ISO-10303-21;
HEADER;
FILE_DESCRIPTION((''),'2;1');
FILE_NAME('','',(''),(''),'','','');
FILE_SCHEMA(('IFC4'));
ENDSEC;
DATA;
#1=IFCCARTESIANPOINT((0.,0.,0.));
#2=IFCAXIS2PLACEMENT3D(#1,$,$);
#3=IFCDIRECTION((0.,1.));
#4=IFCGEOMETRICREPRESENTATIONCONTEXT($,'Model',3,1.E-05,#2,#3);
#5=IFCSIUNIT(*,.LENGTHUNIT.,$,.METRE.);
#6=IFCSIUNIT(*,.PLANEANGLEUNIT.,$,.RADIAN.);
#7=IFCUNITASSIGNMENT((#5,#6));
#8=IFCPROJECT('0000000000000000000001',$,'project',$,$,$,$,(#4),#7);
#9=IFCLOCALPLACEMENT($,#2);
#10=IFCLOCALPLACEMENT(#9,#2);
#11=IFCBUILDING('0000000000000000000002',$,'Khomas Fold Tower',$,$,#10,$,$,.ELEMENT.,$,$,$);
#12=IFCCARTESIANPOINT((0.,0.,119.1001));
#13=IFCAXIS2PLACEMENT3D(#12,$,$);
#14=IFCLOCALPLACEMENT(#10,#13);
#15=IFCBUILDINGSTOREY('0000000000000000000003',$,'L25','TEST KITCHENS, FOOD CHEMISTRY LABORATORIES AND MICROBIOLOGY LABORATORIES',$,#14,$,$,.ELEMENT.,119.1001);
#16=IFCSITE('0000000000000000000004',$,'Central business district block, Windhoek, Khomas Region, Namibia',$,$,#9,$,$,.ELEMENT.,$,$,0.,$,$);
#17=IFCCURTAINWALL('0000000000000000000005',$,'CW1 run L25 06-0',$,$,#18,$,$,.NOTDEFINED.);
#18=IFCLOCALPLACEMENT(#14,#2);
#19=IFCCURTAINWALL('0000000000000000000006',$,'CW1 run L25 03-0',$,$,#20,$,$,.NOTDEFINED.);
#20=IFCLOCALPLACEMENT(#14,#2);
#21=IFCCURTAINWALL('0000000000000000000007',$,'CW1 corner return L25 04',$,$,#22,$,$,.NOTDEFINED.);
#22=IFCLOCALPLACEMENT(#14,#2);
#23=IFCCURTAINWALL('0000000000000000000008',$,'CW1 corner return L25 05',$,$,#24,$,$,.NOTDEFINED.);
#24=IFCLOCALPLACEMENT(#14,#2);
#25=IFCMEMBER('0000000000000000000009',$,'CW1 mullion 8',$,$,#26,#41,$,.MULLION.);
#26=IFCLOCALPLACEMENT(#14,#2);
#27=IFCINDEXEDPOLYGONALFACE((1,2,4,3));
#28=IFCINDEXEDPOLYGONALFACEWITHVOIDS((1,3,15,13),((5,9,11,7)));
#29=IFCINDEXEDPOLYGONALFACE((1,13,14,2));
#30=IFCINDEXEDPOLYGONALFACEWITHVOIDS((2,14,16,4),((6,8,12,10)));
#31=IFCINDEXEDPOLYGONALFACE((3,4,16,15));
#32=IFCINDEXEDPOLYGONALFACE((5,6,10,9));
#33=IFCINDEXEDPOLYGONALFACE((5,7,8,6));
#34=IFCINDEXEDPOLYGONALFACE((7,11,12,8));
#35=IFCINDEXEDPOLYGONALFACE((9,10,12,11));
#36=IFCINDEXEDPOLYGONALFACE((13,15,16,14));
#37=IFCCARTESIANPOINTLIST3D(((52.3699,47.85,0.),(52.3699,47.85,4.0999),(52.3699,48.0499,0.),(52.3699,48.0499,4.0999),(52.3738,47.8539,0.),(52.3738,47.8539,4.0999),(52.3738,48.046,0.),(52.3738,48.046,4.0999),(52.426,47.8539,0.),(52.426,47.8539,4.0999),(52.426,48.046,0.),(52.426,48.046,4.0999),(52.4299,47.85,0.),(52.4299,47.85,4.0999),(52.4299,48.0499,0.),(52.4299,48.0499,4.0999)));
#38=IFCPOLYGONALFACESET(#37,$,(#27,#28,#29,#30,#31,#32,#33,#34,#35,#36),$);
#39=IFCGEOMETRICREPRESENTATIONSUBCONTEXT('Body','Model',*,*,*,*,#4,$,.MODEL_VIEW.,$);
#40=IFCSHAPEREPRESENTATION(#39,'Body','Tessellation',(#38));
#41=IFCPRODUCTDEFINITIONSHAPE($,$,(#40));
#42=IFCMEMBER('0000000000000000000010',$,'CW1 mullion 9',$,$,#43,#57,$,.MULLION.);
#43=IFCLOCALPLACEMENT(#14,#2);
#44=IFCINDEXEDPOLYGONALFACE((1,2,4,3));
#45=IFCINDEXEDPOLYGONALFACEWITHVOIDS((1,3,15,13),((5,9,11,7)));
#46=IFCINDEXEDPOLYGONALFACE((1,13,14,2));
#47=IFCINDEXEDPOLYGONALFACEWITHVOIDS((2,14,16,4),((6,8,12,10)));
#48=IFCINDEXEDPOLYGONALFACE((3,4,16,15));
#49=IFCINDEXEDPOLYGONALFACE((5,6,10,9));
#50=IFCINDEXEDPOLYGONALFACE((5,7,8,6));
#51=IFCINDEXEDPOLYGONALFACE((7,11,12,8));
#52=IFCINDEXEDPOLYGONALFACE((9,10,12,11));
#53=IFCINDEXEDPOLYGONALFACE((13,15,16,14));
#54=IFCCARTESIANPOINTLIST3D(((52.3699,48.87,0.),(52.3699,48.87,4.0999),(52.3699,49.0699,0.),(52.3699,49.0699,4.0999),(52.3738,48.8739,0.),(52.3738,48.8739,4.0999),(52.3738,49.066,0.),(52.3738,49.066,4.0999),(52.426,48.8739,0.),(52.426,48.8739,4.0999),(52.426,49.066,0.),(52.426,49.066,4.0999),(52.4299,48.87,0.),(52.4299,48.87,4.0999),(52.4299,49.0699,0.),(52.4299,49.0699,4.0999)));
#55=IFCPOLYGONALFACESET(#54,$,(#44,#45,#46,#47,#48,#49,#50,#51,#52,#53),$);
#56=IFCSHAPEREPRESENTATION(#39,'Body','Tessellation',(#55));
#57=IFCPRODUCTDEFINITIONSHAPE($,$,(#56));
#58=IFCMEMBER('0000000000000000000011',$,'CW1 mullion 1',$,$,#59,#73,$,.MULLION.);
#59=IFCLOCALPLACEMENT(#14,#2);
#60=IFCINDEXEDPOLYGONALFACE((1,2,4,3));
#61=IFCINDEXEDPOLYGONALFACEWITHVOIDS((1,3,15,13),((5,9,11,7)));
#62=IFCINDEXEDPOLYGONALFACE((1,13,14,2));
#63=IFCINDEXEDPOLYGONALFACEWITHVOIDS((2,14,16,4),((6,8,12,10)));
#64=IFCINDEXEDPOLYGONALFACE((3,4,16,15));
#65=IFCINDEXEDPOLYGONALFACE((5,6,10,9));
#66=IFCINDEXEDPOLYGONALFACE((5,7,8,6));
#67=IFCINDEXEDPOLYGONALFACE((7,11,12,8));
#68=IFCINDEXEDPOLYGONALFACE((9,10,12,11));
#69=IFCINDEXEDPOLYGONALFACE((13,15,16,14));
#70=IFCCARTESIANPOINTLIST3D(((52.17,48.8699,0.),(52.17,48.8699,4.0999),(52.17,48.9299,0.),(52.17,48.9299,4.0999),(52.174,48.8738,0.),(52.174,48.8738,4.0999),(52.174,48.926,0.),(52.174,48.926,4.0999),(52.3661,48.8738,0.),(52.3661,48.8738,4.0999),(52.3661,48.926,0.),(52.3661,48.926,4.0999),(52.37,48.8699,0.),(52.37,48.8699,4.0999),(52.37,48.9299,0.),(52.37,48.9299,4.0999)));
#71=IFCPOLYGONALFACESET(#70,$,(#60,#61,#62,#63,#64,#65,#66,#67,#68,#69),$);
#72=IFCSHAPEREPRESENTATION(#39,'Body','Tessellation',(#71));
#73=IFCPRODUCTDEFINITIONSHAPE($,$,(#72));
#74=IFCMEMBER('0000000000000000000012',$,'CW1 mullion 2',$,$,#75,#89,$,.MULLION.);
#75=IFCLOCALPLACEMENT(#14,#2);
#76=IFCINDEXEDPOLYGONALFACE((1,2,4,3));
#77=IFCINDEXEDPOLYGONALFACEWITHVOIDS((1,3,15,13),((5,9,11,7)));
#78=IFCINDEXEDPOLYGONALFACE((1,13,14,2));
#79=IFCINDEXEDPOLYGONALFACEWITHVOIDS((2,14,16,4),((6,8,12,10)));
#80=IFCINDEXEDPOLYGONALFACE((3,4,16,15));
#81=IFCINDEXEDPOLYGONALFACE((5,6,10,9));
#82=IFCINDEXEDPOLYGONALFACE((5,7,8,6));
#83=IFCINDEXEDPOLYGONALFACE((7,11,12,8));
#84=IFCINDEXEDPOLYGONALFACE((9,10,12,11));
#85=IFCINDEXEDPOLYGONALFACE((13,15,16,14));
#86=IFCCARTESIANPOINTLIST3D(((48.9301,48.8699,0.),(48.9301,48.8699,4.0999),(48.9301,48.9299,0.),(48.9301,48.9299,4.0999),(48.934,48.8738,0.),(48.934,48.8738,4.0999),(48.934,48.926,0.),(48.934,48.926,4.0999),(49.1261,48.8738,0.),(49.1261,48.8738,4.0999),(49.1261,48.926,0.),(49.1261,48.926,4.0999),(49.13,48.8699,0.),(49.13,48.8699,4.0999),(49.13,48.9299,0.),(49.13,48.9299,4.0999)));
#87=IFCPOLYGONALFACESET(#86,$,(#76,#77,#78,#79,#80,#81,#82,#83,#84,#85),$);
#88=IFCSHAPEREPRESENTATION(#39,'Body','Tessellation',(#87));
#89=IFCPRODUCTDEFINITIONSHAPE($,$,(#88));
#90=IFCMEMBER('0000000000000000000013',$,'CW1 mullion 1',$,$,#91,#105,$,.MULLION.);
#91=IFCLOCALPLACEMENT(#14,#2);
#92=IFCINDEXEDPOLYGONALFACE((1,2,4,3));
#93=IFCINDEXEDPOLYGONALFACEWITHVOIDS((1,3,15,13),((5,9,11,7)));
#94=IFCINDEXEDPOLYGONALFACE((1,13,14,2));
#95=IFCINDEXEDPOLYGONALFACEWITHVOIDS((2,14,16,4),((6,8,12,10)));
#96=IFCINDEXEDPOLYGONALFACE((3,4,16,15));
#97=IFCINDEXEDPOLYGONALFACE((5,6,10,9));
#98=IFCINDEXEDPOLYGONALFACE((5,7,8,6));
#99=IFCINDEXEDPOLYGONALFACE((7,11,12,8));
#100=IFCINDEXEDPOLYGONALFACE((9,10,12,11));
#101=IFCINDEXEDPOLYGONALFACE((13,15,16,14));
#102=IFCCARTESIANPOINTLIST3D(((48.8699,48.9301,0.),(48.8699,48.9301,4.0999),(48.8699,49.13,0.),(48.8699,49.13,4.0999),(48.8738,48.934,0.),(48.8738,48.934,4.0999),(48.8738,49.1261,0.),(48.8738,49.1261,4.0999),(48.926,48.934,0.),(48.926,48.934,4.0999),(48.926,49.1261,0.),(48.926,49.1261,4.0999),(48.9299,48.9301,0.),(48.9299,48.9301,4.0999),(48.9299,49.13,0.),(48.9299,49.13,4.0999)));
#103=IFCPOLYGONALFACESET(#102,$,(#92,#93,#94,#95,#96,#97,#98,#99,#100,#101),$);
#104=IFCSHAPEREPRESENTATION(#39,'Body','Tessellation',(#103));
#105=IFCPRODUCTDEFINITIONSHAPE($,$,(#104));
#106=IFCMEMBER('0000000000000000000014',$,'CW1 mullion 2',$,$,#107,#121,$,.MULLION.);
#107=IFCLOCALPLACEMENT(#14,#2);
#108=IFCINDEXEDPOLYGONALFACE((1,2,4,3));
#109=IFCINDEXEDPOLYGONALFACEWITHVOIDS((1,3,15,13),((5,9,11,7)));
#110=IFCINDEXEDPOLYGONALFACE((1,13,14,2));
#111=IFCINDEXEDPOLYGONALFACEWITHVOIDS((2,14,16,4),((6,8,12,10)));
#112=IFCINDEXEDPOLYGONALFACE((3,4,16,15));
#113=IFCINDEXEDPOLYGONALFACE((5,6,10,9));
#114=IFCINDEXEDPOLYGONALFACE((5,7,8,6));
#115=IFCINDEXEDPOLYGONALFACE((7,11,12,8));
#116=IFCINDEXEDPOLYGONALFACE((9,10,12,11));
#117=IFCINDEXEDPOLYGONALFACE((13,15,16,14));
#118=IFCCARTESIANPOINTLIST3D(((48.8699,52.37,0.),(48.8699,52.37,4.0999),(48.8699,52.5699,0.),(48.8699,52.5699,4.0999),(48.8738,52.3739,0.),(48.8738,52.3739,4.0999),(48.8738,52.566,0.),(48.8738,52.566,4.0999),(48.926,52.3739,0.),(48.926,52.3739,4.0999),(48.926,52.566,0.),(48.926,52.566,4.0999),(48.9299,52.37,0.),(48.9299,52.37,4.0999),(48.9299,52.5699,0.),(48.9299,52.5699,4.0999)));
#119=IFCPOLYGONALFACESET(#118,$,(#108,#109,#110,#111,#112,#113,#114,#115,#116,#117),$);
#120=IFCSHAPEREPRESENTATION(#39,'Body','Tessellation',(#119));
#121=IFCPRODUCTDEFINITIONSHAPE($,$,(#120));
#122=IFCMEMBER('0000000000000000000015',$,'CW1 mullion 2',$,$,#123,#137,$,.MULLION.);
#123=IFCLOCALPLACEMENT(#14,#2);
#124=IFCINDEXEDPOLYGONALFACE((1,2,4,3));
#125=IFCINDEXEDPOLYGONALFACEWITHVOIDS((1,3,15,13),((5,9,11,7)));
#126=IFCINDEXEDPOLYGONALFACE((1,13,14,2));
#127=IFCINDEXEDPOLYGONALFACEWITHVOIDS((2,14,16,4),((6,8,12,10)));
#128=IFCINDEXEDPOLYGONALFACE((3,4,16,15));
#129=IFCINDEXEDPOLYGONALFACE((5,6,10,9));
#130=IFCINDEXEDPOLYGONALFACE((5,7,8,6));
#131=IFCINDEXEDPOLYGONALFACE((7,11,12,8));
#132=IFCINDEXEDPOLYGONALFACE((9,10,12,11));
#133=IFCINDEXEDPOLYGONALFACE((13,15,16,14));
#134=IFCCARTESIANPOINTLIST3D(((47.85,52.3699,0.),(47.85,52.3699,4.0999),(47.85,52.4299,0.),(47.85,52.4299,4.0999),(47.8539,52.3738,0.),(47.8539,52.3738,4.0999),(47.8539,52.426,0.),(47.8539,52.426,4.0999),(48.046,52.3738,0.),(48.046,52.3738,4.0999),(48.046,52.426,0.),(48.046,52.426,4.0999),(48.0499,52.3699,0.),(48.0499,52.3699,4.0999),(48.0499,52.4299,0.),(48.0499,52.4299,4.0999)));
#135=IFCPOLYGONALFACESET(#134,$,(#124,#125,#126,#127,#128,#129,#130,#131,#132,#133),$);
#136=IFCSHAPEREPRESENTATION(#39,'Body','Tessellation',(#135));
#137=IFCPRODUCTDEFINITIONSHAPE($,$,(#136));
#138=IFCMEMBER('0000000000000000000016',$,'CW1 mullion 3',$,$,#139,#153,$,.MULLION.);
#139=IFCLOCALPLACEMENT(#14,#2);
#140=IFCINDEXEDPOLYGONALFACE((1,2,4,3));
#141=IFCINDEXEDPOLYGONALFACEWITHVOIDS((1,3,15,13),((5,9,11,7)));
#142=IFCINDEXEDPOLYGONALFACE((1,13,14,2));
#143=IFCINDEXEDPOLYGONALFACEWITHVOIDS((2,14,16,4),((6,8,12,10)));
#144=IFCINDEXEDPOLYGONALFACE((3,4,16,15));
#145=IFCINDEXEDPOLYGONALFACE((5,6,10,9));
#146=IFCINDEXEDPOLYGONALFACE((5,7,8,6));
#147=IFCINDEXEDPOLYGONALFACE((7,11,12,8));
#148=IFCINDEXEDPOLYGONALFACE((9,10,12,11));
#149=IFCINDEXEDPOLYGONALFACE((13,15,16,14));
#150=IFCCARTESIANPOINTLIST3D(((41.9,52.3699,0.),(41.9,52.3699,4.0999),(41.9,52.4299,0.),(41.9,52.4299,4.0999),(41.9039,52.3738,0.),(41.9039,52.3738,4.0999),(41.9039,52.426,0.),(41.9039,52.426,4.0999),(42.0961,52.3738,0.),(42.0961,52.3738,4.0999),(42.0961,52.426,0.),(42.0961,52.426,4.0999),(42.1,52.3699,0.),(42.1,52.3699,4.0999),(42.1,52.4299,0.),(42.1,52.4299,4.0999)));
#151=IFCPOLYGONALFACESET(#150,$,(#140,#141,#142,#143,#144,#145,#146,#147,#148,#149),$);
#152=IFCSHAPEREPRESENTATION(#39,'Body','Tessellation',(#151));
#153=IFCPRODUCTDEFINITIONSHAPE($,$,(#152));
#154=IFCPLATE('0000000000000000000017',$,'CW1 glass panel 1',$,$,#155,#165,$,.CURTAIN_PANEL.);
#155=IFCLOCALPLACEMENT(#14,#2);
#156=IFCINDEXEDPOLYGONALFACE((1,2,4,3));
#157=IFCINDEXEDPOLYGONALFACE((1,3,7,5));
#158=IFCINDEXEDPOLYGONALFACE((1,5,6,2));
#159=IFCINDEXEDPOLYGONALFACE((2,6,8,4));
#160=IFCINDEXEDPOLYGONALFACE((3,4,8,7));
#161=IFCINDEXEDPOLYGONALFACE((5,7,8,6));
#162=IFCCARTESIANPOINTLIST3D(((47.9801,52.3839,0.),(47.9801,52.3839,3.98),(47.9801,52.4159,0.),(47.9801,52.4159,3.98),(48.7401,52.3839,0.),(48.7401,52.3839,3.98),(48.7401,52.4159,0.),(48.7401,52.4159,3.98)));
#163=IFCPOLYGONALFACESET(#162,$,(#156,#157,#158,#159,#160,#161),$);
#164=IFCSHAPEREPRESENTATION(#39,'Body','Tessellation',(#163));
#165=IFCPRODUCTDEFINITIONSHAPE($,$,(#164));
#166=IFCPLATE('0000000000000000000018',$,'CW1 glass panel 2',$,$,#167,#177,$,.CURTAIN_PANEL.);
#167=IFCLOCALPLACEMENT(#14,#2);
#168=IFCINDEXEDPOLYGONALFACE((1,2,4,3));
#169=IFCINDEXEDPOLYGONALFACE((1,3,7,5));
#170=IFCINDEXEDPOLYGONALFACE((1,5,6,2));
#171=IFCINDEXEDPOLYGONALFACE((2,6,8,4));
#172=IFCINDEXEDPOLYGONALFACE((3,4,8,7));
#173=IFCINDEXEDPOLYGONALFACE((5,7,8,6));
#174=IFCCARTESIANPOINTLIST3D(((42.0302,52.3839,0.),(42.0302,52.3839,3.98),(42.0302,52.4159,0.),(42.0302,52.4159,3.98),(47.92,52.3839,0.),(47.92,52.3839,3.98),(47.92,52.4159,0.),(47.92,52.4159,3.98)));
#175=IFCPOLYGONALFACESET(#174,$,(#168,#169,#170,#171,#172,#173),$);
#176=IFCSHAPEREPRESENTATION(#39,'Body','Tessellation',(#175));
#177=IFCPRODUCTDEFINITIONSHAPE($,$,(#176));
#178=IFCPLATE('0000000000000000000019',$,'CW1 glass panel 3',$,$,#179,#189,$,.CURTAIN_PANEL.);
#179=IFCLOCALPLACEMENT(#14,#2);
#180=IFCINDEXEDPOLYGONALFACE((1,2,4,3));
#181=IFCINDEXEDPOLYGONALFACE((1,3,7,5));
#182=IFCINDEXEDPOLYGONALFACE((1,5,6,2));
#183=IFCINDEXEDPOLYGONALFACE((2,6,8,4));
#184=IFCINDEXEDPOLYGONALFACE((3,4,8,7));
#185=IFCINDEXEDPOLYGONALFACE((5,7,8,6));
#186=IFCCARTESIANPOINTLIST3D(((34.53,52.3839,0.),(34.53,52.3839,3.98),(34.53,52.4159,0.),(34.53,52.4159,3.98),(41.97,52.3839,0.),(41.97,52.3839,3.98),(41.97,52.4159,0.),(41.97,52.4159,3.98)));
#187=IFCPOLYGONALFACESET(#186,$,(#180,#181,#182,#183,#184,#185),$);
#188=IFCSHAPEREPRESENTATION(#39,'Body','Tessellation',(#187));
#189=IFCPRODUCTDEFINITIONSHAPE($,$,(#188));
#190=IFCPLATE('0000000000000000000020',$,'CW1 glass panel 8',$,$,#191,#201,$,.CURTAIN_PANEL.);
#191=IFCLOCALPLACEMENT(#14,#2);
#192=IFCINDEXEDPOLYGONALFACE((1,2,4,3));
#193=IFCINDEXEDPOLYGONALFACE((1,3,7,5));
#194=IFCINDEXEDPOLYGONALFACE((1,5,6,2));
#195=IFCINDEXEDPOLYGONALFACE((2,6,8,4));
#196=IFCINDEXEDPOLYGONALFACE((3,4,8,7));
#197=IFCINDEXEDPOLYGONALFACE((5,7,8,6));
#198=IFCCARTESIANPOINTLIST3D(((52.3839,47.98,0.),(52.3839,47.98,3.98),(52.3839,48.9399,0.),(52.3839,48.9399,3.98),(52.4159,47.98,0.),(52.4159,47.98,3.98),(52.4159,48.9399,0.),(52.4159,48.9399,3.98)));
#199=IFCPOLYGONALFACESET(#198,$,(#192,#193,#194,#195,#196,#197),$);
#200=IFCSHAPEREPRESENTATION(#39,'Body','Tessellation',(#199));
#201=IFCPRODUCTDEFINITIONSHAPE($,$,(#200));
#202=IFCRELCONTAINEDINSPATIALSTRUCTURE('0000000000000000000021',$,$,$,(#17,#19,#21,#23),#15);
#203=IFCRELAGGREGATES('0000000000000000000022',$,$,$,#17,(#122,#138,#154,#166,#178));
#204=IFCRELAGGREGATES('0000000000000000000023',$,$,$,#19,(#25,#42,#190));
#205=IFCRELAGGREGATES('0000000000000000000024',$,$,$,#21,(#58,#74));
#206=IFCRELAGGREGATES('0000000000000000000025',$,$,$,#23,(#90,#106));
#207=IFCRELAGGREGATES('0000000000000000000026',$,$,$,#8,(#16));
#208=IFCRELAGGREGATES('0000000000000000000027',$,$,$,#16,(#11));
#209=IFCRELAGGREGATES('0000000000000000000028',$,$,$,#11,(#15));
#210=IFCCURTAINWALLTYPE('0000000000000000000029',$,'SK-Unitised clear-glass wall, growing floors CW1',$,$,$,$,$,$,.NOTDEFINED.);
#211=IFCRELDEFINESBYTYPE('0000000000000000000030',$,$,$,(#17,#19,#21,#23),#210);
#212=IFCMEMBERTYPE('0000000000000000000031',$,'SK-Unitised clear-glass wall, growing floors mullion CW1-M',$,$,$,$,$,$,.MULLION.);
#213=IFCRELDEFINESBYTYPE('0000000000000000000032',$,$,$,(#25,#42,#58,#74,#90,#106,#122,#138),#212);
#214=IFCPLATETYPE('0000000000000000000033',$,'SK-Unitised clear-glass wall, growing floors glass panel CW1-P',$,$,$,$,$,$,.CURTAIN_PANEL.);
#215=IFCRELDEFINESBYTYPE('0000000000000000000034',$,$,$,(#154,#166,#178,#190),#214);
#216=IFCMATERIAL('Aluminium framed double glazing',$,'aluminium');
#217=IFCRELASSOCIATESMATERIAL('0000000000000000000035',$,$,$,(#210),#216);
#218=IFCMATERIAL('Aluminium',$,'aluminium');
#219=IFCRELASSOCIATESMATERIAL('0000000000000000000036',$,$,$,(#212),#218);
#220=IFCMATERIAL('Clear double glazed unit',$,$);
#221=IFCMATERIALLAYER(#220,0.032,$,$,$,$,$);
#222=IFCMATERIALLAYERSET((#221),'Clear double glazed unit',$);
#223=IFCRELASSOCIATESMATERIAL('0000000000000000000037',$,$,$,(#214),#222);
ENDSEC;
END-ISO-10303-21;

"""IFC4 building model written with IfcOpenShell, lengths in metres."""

from ifc_helpers import new_model, si_unit, direction, frame, origin, origin_2d, place, context, subcontext, project, spatial, rectangle, hollow_rectangle, extrude, source, transform, mapped, material, layer, layer_set, material_profile, profile_set, type_object, element, aggregate, save


model = new_model("IFC4")

# Units and contexts
model_context = context("Model", 3, precision=1e-05, world=origin(), true_north=direction((0.0, 1.0)))
body_context = subcontext(model_context, "Body", "Model", "MODEL_VIEW")
ifc_project = project(units=[si_unit("LENGTHUNIT", "METRE"), si_unit("PLANEANGLEUNIT", "RADIAN")], contexts=[model_context])

# Site, building, storey
site_placement = place(None, origin())
site = spatial("IfcSite", under=ifc_project, at=site_placement, Name="Central business district block, Windhoek, Khomas Region, Namibia", CompositionType="ELEMENT", RefElevation=0.0)
building_placement = place(site_placement, origin())
building = spatial("IfcBuilding", under=site, at=building_placement, Name="Khomas Fold Tower", CompositionType="ELEMENT")
storey_placement = place(building_placement, frame((0.0, 0.0, 119.1001)))
storey = spatial("IfcBuildingStorey", under=building, at=storey_placement, Name="L25", Description="TEST KITCHENS, FOOD CHEMISTRY LABORATORIES AND MICROBIOLOGY LABORATORIES", CompositionType="ELEMENT", Elevation=119.1001)

# Curtain wall
ifc_material_1 = material(Name="Aluminium framed double glazing", Category="aluminium")
curtain_wall_type = type_object("IfcCurtainWallType", Name="SK-Unitised clear-glass wall, growing floors CW1", PredefinedType="NOTDEFINED", material=ifc_material_1)
curtain_wall_1_placement = place(storey_placement, origin())
curtain_wall_1 = element("IfcCurtainWall", 1, at=curtain_wall_1_placement, inside=storey, type_object=curtain_wall_type, Name="CW1 run L25 06-0", PredefinedType="NOTDEFINED")

# Curtain walls
curtain_wall_2_placement = place(storey_placement, origin())
curtain_wall_2 = element("IfcCurtainWall", 2, at=curtain_wall_2_placement, inside=storey, type_object=curtain_wall_type, Name="CW1 run L25 03-0", PredefinedType="NOTDEFINED")
curtain_wall_3_placement = place(storey_placement, origin())
curtain_wall_3 = element("IfcCurtainWall", 3, at=curtain_wall_3_placement, inside=storey, type_object=curtain_wall_type, Name="CW1 corner return L25 04", PredefinedType="NOTDEFINED")
curtain_wall_4_placement = place(storey_placement, origin())
curtain_wall_4 = element("IfcCurtainWall", 4, at=curtain_wall_4_placement, inside=storey, type_object=curtain_wall_type, Name="CW1 corner return L25 05", PredefinedType="NOTDEFINED")

# Members
ifc_material_2 = material(Name="Aluminium", Category="aluminium")
ifc_material_profile_1 = material_profile(ifc_material_2, hollow_rectangle(XDim=0.0601, YDim=0.2, WallThickness=0.0039, at=origin_2d()), Name="SK-Unitised clear-glass wall, growing floors mullion CW1-M")
ifc_profile_set_1 = profile_set([ifc_material_profile_1], Name="Aluminium")
member_type_1 = type_object("IfcMemberType", Name="SK-Unitised clear-glass wall, growing floors mullion CW1-M", PredefinedType="MULLION", material=ifc_profile_set_1)
shared_shape_1 = source(origin(), body_context, "Body", "SweptSolid", [
    extrude(hollow_rectangle(XDim=0.0601, YDim=0.2, WallThickness=0.0039, at=origin_2d()), origin(), (0.0, 0.0, 1.0), 4.0999),
])
member_1_placement = place(storey_placement, frame((52.3999, 47.95, 0.0), z_axis=(0.0, 0.0, 1.0), x_axis=(-1.0, 0.0, 0.0)))
member_1 = element("IfcMember", 5, at=member_1_placement, type_object=member_type_1, Name="CW1 mullion 8", PredefinedType="MULLION", context=body_context, shape_type="MappedRepresentation", body=[
    mapped(shared_shape_1, transform((0.0, 0.0, 0.0))),
])
member_2_placement = place(storey_placement, frame((52.3999, 48.97, 0.0), z_axis=(0.0, 0.0, 1.0), x_axis=(-1.0, 0.0, 0.0)))
member_2 = element("IfcMember", 6, at=member_2_placement, type_object=member_type_1, Name="CW1 mullion 9", PredefinedType="MULLION", context=body_context, shape_type="MappedRepresentation", body=[
    mapped(shared_shape_1, transform((0.0, 0.0, 0.0))),
])
member_3_placement = place(storey_placement, frame((52.27, 48.8999, 0.0), z_axis=(0.0, 0.0, 1.0), x_axis=(0.0, -1.0, 0.0)))
member_3 = element("IfcMember", 7, at=member_3_placement, type_object=member_type_1, Name="CW1 mullion 1", PredefinedType="MULLION", context=body_context, shape_type="MappedRepresentation", body=[
    mapped(shared_shape_1, transform((0.0, 0.0, 0.0))),
])
member_4_placement = place(storey_placement, frame((49.03, 48.8999, 0.0), z_axis=(0.0, 0.0, 1.0), x_axis=(0.0, -1.0, 0.0)))
member_4 = element("IfcMember", 8, at=member_4_placement, type_object=member_type_1, Name="CW1 mullion 2", PredefinedType="MULLION", context=body_context, shape_type="MappedRepresentation", body=[
    mapped(shared_shape_1, transform((0.0, 0.0, 0.0))),
])
member_5_placement = place(storey_placement, frame((48.8999, 49.03, 0.0), z_axis=(0.0, 0.0, 1.0), x_axis=(-1.0, 0.0, 0.0)))
member_5 = element("IfcMember", 9, at=member_5_placement, type_object=member_type_1, Name="CW1 mullion 1", PredefinedType="MULLION", context=body_context, shape_type="MappedRepresentation", body=[
    mapped(shared_shape_1, transform((0.0, 0.0, 0.0))),
])
member_6_placement = place(storey_placement, frame((48.8999, 52.47, 0.0), z_axis=(0.0, 0.0, 1.0), x_axis=(-1.0, 0.0, 0.0)))
member_6 = element("IfcMember", 10, at=member_6_placement, type_object=member_type_1, Name="CW1 mullion 2", PredefinedType="MULLION", context=body_context, shape_type="MappedRepresentation", body=[
    mapped(shared_shape_1, transform((0.0, 0.0, 0.0))),
])
member_7_placement = place(storey_placement, frame((47.95, 52.3999, 0.0), z_axis=(0.0, 0.0, 1.0), x_axis=(0.0, -1.0, 0.0)))
member_7 = element("IfcMember", 11, at=member_7_placement, type_object=member_type_1, Name="CW1 mullion 2", PredefinedType="MULLION", context=body_context, shape_type="MappedRepresentation", body=[
    mapped(shared_shape_1, transform((0.0, 0.0, 0.0))),
])
member_8_placement = place(storey_placement, frame((42.0, 52.3999, 0.0), z_axis=(0.0, 0.0, 1.0), x_axis=(0.0, -1.0, 0.0)))
member_8 = element("IfcMember", 12, at=member_8_placement, type_object=member_type_1, Name="CW1 mullion 3", PredefinedType="MULLION", context=body_context, shape_type="MappedRepresentation", body=[
    mapped(shared_shape_1, transform((0.0, 0.0, 0.0))),
])

# Plates
ifc_material_3 = material(Name="Clear double glazed unit")
ifc_layer_1 = layer(ifc_material_3, 0.032)
ifc_layer_set_1 = layer_set([ifc_layer_1], Name="Clear double glazed unit")
plate_type = type_object("IfcPlateType", Name="SK-Unitised clear-glass wall, growing floors glass panel CW1-P", PredefinedType="CURTAIN_PANEL", material=ifc_layer_set_1)
shared_shape_2 = source(origin(), body_context, "Body", "SweptSolid", [
    extrude(rectangle(XDim=0.76, YDim=0.032, at=origin_2d()), origin(), (0.0, 0.0, 1.0), 3.98),
])
plate_1_placement = place(storey_placement, frame((48.3601, 52.3999, 0.0), z_axis=(0.0, 0.0, 1.0), x_axis=(-1.0, 0.0, 0.0)))
plate_1 = element("IfcPlate", 13, at=plate_1_placement, type_object=plate_type, Name="CW1 glass panel 1", PredefinedType="CURTAIN_PANEL", context=body_context, shape_type="MappedRepresentation", body=[
    mapped(shared_shape_2, transform((0.0, 0.0, 0.0))),
])
shared_shape_3 = source(origin(), body_context, "Body", "SweptSolid", [
    extrude(rectangle(XDim=5.8899, YDim=0.032, at=origin_2d()), origin(), (0.0, 0.0, 1.0), 3.98),
])
plate_2_placement = place(storey_placement, frame((44.9751, 52.3999, 0.0), z_axis=(0.0, 0.0, 1.0), x_axis=(-1.0, 0.0, 0.0)))
plate_2 = element("IfcPlate", 14, at=plate_2_placement, type_object=plate_type, Name="CW1 glass panel 2", PredefinedType="CURTAIN_PANEL", context=body_context, shape_type="MappedRepresentation", body=[
    mapped(shared_shape_3, transform((0.0, 0.0, 0.0))),
])
shared_shape_4 = source(origin(), body_context, "Body", "SweptSolid", [
    extrude(rectangle(XDim=7.4399, YDim=0.032, at=origin_2d()), origin(), (0.0, 0.0, 1.0), 3.98),
])
plate_3_placement = place(storey_placement, frame((38.25, 52.3999, 0.0), z_axis=(0.0, 0.0, 1.0), x_axis=(-1.0, 0.0, 0.0)))
plate_3 = element("IfcPlate", 15, at=plate_3_placement, type_object=plate_type, Name="CW1 glass panel 3", PredefinedType="CURTAIN_PANEL", context=body_context, shape_type="MappedRepresentation", body=[
    mapped(shared_shape_4, transform((0.0, 0.0, 0.0))),
])
aggregate(curtain_wall_1, [member_7, member_8, plate_1, plate_2, plate_3])
shared_shape_5 = source(origin(), body_context, "Body", "SweptSolid", [
    extrude(rectangle(XDim=0.96, YDim=0.032, at=origin_2d()), origin(), (0.0, 0.0, 1.0), 3.98),
])
plate_4_placement = place(storey_placement, frame((52.3999, 48.46, 0.0), z_axis=(0.0, 0.0, 1.0), x_axis=(0.0, 1.0, 0.0)))
plate_4 = element("IfcPlate", 16, at=plate_4_placement, type_object=plate_type, Name="CW1 glass panel 8", PredefinedType="CURTAIN_PANEL", context=body_context, shape_type="MappedRepresentation", body=[
    mapped(shared_shape_5, transform((0.0, 0.0, 0.0))),
])
aggregate(curtain_wall_2, [member_1, member_2, plate_4])
aggregate(curtain_wall_3, [member_3, member_4])
aggregate(curtain_wall_4, [member_5, member_6])

save(model, "model.ifc")
